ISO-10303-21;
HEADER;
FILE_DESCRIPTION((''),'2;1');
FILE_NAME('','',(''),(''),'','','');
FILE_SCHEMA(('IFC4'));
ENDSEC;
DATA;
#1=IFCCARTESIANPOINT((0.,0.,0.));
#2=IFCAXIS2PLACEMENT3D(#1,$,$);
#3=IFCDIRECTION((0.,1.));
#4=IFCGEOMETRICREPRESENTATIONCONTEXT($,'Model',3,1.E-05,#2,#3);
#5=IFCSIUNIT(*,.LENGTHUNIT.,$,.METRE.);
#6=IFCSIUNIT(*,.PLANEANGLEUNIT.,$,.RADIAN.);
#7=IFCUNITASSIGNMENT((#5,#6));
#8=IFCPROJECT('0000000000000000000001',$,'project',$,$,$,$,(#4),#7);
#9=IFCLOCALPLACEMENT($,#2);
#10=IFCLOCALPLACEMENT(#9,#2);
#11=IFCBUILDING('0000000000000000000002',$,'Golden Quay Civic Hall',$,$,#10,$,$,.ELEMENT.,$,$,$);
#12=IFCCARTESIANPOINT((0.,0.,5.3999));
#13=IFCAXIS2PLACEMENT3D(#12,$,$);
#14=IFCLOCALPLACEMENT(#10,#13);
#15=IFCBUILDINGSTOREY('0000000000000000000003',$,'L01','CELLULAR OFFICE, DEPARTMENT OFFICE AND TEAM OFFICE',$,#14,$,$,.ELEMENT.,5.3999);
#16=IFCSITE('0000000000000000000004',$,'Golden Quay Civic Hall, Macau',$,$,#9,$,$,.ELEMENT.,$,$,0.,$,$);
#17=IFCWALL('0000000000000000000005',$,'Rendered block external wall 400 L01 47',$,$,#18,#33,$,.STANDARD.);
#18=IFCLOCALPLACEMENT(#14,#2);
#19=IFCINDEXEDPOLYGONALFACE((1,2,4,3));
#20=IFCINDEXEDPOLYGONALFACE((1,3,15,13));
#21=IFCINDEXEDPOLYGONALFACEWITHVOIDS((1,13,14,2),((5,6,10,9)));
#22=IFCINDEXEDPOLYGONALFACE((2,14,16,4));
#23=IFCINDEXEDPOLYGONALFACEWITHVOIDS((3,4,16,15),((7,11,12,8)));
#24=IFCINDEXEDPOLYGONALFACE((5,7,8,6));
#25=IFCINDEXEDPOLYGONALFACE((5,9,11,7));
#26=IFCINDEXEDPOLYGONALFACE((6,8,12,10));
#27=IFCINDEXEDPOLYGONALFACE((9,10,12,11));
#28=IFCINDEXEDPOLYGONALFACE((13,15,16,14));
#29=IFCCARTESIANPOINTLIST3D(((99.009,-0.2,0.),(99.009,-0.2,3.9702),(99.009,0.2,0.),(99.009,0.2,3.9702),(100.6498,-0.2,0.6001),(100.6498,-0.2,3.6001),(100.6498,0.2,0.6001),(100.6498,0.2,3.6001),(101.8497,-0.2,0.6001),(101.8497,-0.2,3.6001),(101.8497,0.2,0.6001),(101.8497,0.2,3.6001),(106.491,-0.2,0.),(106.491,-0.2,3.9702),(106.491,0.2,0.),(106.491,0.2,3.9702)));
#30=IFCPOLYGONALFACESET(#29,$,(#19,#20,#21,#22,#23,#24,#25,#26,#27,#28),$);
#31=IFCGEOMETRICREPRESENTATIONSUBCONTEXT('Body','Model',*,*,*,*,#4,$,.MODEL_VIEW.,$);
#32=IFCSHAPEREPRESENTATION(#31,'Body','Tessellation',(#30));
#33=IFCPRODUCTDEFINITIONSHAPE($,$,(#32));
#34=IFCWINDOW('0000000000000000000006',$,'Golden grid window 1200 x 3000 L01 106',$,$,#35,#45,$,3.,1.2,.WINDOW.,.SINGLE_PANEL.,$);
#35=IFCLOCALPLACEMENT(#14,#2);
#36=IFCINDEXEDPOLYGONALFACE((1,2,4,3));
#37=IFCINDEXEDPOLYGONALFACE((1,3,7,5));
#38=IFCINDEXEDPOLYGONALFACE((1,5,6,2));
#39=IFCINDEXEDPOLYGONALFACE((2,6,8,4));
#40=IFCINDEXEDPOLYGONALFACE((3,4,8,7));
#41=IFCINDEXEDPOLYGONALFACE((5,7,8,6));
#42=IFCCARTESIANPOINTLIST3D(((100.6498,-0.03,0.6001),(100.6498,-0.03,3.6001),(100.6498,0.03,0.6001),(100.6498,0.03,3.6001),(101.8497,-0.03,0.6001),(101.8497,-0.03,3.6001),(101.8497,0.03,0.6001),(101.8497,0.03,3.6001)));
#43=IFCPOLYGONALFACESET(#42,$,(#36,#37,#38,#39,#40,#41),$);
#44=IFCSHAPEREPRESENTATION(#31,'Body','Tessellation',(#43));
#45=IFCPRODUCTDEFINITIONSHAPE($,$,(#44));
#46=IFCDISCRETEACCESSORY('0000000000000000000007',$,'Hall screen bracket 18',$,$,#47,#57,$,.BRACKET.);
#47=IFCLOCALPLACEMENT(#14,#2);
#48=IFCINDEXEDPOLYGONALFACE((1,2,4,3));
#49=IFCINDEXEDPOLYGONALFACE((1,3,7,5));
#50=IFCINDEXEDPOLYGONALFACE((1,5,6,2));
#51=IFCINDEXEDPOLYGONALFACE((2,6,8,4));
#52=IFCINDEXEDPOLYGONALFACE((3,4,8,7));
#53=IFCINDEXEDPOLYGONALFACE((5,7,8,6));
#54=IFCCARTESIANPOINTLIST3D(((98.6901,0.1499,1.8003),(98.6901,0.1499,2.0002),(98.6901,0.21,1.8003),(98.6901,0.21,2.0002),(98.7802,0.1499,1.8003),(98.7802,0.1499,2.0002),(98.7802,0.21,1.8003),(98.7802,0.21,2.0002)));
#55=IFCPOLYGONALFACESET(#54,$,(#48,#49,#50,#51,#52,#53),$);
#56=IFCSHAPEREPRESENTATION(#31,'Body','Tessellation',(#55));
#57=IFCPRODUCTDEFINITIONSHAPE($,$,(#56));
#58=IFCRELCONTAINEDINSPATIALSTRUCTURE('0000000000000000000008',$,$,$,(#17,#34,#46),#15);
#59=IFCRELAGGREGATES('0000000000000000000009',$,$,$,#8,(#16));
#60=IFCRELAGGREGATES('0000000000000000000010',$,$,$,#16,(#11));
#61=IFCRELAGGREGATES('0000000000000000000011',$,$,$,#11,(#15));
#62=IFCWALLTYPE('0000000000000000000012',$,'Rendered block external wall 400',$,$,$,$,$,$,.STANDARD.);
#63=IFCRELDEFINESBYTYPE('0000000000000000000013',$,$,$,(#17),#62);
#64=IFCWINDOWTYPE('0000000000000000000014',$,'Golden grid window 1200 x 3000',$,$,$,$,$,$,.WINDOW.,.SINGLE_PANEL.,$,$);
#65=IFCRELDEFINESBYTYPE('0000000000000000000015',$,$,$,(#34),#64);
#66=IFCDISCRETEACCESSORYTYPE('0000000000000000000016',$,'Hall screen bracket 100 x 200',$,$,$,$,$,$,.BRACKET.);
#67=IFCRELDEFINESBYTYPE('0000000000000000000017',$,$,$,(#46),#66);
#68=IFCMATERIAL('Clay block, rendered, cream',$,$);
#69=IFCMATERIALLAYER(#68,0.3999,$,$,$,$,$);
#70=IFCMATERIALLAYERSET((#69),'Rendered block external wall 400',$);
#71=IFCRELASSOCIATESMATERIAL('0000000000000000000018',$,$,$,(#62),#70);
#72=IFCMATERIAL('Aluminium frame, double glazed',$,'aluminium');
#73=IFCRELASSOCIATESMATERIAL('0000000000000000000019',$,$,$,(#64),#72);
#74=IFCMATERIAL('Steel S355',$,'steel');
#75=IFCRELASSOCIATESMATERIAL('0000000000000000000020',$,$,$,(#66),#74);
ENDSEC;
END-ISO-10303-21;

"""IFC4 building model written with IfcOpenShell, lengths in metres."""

from ifc_helpers import new_model, si_unit, direction, frame, frame_2d, origin, origin_2d, place, context, subcontext, project, spatial, rectangle, extrude, material, layer, layer_set, type_object, element, fill, save


model = new_model("IFC4")

# Units and contexts
model_context = context("Model", 3, precision=1e-05, world=origin(), true_north=direction((0.0, 1.0)))
body_context = subcontext(model_context, "Body", "Model", "MODEL_VIEW")
ifc_project = project(units=[si_unit("LENGTHUNIT", "METRE"), si_unit("PLANEANGLEUNIT", "RADIAN")], contexts=[model_context])

# Site, building, storey
site_placement = place(None, origin())
site = spatial("IfcSite", under=ifc_project, at=site_placement, Name="Golden Quay Civic Hall, Macau", CompositionType="ELEMENT", RefElevation=0.0)
building_placement = place(site_placement, origin())
building = spatial("IfcBuilding", under=site, at=building_placement, Name="Golden Quay Civic Hall", CompositionType="ELEMENT")
storey_placement = place(building_placement, frame((0.0, 0.0, 5.3999)))
storey = spatial("IfcBuildingStorey", under=building, at=storey_placement, Name="L01", Description="CELLULAR OFFICE, DEPARTMENT OFFICE AND TEAM OFFICE", CompositionType="ELEMENT", Elevation=5.3999)

# Shared definitions
ifc_material_1 = material(Name="Clay block, rendered, cream")
ifc_layer_1 = layer(ifc_material_1, 0.3999)
ifc_layer_set_1 = layer_set([ifc_layer_1], Name="Rendered block external wall 400")
wall_type_1 = type_object("IfcWallType", Name="Rendered block external wall 400", PredefinedType="STANDARD", material=ifc_layer_set_1)
ifc_material_2 = material(Name="Aluminium frame, double glazed", Category="aluminium")
window_type = type_object("IfcWindowType", Name="Golden grid window 1200 x 3000", PartitioningType="SINGLE_PANEL", PredefinedType="WINDOW", material=ifc_material_2)

# Wall, opening, window
wall_1_placement = place(storey_placement, frame((106.491, 0.0, 0.0), z_axis=(0.0, 0.0, 1.0), x_axis=(-1.0, 0.0, 0.0)))
wall_1 = element("IfcWall", 1, at=wall_1_placement, inside=storey, type_object=wall_type_1, Name="Rendered block external wall 400 L01 47", PredefinedType="STANDARD", context=body_context, shape_type="SweptSolid", body=[
    extrude(rectangle(XDim=7.4819, YDim=0.3999, at=frame_2d((3.741, 0.0))), origin(), (0.0, 0.0, 1.0), 3.9702),
])
opening_1_placement = place(wall_1_placement, frame((4.6411, 0.0, 0.6001)))
opening_1 = element("IfcOpeningElement", 2, at=opening_1_placement, cuts=wall_1, PredefinedType="OPENING", context=body_context, shape_type="SweptSolid", body=[
    extrude(rectangle(XDim=1.2, YDim=3.0, at=frame_2d((0.6001, 1.5))), frame((0.0, 0.21, 0.0), z_axis=(0.0, -1.0, 0.0), x_axis=(1.0, 0.0, 0.0)), (0.0, 0.0, 1.0), 0.4199),
])
window_1_placement = place(opening_1_placement, origin())
window_1 = element("IfcWindow", 3, at=window_1_placement, inside=storey, type_object=window_type, Name="Golden grid window 1200 x 3000 L01 106", OverallHeight=3.0, OverallWidth=1.2, PartitioningType="SINGLE_PANEL", PredefinedType="WINDOW", context=body_context, shape_type="SweptSolid", body=[
    extrude(rectangle(XDim=1.2, YDim=3.0, at=frame_2d((0.6001, 1.5))), frame((0.0, 0.03, 0.0), z_axis=(0.0, -1.0, 0.0), x_axis=(1.0, 0.0, 0.0)), (0.0, 0.0, 1.0), 0.0601),
])
fill(opening_1, window_1)

# Discrete accessory
ifc_material_3 = material(Name="Steel S355", Category="steel")
discrete_accessory_type = type_object("IfcDiscreteAccessoryType", Name="Hall screen bracket 100 x 200", PredefinedType="BRACKET", material=ifc_material_3)
discrete_accessory_placement = place(storey_placement, frame((98.7351, 0.1799, 1.8003), z_axis=(0.0, 0.0, 1.0), x_axis=(1.0, 0.0, 0.0)))
element("IfcDiscreteAccessory", 4, at=discrete_accessory_placement, inside=storey, type_object=discrete_accessory_type, Name="Hall screen bracket 18", PredefinedType="BRACKET", context=body_context, shape_type="SweptSolid", body=[
    extrude(rectangle(XDim=0.0901, YDim=0.0601, at=origin_2d()), origin(), (0.0, 0.0, 1.0), 0.2),
])

save(model, "model.ifc")
